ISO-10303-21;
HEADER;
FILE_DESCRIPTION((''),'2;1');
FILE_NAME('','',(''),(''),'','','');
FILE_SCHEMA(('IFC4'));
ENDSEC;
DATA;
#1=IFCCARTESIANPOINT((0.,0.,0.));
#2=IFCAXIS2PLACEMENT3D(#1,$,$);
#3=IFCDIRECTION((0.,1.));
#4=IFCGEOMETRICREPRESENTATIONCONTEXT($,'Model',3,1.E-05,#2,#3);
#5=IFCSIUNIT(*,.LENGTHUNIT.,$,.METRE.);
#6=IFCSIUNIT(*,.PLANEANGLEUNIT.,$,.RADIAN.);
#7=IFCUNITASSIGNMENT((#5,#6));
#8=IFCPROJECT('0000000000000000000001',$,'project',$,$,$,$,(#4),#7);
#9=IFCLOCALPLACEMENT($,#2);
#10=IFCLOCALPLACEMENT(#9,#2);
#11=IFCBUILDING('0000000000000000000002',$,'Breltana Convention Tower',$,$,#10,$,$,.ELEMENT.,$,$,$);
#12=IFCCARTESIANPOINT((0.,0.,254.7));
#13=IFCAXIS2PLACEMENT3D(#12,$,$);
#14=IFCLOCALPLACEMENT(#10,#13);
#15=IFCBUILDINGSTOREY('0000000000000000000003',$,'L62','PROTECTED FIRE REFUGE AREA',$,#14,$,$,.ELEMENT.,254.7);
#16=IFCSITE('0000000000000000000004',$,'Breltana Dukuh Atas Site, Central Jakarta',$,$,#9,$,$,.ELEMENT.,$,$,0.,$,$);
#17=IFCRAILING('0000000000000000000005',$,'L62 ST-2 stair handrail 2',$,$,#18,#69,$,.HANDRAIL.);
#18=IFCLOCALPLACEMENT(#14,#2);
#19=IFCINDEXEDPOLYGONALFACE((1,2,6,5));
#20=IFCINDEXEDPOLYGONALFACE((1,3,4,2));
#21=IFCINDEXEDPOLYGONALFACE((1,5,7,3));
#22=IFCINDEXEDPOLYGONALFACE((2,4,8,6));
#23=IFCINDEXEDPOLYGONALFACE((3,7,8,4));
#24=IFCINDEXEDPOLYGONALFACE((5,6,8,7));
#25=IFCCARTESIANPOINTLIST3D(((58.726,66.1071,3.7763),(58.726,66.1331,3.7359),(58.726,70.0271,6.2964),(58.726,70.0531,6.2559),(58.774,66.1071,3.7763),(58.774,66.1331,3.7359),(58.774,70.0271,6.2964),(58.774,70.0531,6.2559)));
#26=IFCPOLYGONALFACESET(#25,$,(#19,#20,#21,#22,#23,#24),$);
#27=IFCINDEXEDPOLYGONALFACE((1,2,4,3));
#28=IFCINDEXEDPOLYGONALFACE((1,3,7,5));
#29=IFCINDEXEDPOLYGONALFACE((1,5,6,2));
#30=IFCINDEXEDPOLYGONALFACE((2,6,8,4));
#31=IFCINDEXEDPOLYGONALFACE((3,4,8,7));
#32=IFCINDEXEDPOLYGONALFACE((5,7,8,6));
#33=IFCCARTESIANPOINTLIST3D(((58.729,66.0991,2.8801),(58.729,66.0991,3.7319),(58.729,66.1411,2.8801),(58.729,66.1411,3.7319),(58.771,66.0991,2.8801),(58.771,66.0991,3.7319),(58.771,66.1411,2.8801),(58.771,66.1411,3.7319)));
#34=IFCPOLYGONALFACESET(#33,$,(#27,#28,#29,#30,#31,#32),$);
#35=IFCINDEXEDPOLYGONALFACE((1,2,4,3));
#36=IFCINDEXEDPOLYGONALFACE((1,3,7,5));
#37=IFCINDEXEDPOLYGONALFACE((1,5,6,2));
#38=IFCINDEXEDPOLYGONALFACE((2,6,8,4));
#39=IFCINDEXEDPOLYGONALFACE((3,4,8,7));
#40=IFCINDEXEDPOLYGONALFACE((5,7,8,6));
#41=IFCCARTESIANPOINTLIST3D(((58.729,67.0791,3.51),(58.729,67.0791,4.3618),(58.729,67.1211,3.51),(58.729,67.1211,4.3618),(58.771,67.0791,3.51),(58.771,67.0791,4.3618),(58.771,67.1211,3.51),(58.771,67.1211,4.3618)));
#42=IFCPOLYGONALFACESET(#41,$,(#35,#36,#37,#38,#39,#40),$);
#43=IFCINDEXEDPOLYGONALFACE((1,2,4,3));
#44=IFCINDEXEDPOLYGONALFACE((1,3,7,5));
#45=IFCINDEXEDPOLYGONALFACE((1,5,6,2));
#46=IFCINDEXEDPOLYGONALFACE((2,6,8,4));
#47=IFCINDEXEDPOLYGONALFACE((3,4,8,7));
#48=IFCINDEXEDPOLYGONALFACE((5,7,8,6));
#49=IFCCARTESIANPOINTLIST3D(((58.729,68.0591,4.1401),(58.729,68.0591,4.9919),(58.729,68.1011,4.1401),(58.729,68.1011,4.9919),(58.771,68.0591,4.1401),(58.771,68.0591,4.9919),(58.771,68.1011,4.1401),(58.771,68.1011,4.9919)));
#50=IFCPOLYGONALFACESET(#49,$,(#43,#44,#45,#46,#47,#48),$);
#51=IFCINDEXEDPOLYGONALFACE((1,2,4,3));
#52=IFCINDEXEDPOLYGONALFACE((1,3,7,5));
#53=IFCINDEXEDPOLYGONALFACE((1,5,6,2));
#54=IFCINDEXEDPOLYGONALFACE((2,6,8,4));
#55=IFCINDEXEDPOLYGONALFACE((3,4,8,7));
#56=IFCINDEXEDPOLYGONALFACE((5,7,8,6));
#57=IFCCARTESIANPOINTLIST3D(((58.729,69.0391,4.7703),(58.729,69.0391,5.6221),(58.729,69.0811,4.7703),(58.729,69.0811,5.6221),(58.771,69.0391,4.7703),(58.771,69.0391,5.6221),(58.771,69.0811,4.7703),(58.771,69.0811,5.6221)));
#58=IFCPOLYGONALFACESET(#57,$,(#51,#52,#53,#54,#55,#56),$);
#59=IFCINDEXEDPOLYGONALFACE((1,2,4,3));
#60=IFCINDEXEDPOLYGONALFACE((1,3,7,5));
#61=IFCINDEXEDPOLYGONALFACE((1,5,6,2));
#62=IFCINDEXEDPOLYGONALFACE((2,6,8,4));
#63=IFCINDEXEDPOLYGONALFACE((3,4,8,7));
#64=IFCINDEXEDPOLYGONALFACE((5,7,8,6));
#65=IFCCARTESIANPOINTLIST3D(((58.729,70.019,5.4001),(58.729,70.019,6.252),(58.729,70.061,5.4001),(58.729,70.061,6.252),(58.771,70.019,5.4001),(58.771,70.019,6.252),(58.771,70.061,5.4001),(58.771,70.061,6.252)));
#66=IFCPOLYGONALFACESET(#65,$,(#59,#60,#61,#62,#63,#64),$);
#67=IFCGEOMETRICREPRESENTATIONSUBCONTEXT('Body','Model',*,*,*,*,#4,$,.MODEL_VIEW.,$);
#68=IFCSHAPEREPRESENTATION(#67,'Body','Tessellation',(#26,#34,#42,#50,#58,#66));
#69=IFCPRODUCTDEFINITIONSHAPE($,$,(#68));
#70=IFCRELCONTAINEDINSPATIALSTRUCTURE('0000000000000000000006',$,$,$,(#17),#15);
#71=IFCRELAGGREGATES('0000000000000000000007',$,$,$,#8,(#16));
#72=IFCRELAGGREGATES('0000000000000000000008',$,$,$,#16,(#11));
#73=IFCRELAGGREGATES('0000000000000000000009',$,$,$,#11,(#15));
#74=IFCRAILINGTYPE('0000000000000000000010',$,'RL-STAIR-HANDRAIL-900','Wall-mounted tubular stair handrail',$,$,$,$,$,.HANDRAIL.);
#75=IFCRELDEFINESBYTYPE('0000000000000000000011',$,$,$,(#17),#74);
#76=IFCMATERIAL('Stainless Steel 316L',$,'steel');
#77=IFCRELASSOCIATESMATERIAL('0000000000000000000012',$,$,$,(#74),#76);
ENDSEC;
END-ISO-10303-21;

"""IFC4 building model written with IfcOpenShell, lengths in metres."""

from ifc_helpers import new_model, si_unit, direction, frame, origin, origin_2d, place, context, subcontext, project, spatial, rectangle, extrude, material, type_object, element, save


model = new_model("IFC4")

# Units and contexts
model_context = context("Model", 3, precision=1e-05, world=origin(), true_north=direction((0.0, 1.0)))
body_context = subcontext(model_context, "Body", "Model", "MODEL_VIEW")
ifc_project = project(units=[si_unit("LENGTHUNIT", "METRE"), si_unit("PLANEANGLEUNIT", "RADIAN")], contexts=[model_context])

# Site, building, storey
site_placement = place(None, origin())
site = spatial("IfcSite", under=ifc_project, at=site_placement, Name="Breltana Dukuh Atas Site, Central Jakarta", CompositionType="ELEMENT", RefElevation=0.0)
building_placement = place(site_placement, origin())
building = spatial("IfcBuilding", under=site, at=building_placement, Name="Breltana Convention Tower", CompositionType="ELEMENT")
storey_placement = place(building_placement, frame((0.0, 0.0, 254.7)))
storey = spatial("IfcBuildingStorey", under=building, at=storey_placement, Name="L62", Description="PROTECTED FIRE REFUGE AREA", CompositionType="ELEMENT", Elevation=254.7)

# Railing
ifc_material_1 = material(Name="Stainless Steel 316L", Category="steel")
railing_type_1 = type_object("IfcRailingType", Name="RL-STAIR-HANDRAIL-900", Description="Wall-mounted tubular stair handrail", PredefinedType="HANDRAIL", material=ifc_material_1)
railing_1_placement = place(storey_placement, frame((58.75, 66.1201, 2.8801)))
element("IfcRailing", 1, at=railing_1_placement, inside=storey, type_object=railing_type_1, Name="L62 ST-2 stair handrail 2", PredefinedType="HANDRAIL", context=body_context, shape_type="SweptSolid", body=[
    extrude(rectangle(XDim=0.0481, YDim=0.0481, at=origin_2d()), frame((0.0, 0.0, 0.876), z_axis=(0.0, 0.841172, 0.540768), x_axis=(-1.0, 0.0, 0.0)), (0.0, 0.0, 1.0), 4.6602),
    extrude(rectangle(XDim=0.042, YDim=0.042, at=origin_2d()), origin(), (0.0, 0.0, 1.0), 0.8518),
    extrude(rectangle(XDim=0.042, YDim=0.042, at=origin_2d()), frame((0.0, 0.98, 0.6299)), (0.0, 0.0, 1.0), 0.8518),
    extrude(rectangle(XDim=0.042, YDim=0.042, at=origin_2d()), frame((0.0, 1.96, 1.26)), (0.0, 0.0, 1.0), 0.8518),
    extrude(rectangle(XDim=0.042, YDim=0.042, at=origin_2d()), frame((0.0, 2.9399, 1.8901)), (0.0, 0.0, 1.0), 0.8518),
    extrude(rectangle(XDim=0.042, YDim=0.042, at=origin_2d()), frame((0.0, 3.9199, 2.52)), (0.0, 0.0, 1.0), 0.8518),
])

save(model, "model.ifc")
